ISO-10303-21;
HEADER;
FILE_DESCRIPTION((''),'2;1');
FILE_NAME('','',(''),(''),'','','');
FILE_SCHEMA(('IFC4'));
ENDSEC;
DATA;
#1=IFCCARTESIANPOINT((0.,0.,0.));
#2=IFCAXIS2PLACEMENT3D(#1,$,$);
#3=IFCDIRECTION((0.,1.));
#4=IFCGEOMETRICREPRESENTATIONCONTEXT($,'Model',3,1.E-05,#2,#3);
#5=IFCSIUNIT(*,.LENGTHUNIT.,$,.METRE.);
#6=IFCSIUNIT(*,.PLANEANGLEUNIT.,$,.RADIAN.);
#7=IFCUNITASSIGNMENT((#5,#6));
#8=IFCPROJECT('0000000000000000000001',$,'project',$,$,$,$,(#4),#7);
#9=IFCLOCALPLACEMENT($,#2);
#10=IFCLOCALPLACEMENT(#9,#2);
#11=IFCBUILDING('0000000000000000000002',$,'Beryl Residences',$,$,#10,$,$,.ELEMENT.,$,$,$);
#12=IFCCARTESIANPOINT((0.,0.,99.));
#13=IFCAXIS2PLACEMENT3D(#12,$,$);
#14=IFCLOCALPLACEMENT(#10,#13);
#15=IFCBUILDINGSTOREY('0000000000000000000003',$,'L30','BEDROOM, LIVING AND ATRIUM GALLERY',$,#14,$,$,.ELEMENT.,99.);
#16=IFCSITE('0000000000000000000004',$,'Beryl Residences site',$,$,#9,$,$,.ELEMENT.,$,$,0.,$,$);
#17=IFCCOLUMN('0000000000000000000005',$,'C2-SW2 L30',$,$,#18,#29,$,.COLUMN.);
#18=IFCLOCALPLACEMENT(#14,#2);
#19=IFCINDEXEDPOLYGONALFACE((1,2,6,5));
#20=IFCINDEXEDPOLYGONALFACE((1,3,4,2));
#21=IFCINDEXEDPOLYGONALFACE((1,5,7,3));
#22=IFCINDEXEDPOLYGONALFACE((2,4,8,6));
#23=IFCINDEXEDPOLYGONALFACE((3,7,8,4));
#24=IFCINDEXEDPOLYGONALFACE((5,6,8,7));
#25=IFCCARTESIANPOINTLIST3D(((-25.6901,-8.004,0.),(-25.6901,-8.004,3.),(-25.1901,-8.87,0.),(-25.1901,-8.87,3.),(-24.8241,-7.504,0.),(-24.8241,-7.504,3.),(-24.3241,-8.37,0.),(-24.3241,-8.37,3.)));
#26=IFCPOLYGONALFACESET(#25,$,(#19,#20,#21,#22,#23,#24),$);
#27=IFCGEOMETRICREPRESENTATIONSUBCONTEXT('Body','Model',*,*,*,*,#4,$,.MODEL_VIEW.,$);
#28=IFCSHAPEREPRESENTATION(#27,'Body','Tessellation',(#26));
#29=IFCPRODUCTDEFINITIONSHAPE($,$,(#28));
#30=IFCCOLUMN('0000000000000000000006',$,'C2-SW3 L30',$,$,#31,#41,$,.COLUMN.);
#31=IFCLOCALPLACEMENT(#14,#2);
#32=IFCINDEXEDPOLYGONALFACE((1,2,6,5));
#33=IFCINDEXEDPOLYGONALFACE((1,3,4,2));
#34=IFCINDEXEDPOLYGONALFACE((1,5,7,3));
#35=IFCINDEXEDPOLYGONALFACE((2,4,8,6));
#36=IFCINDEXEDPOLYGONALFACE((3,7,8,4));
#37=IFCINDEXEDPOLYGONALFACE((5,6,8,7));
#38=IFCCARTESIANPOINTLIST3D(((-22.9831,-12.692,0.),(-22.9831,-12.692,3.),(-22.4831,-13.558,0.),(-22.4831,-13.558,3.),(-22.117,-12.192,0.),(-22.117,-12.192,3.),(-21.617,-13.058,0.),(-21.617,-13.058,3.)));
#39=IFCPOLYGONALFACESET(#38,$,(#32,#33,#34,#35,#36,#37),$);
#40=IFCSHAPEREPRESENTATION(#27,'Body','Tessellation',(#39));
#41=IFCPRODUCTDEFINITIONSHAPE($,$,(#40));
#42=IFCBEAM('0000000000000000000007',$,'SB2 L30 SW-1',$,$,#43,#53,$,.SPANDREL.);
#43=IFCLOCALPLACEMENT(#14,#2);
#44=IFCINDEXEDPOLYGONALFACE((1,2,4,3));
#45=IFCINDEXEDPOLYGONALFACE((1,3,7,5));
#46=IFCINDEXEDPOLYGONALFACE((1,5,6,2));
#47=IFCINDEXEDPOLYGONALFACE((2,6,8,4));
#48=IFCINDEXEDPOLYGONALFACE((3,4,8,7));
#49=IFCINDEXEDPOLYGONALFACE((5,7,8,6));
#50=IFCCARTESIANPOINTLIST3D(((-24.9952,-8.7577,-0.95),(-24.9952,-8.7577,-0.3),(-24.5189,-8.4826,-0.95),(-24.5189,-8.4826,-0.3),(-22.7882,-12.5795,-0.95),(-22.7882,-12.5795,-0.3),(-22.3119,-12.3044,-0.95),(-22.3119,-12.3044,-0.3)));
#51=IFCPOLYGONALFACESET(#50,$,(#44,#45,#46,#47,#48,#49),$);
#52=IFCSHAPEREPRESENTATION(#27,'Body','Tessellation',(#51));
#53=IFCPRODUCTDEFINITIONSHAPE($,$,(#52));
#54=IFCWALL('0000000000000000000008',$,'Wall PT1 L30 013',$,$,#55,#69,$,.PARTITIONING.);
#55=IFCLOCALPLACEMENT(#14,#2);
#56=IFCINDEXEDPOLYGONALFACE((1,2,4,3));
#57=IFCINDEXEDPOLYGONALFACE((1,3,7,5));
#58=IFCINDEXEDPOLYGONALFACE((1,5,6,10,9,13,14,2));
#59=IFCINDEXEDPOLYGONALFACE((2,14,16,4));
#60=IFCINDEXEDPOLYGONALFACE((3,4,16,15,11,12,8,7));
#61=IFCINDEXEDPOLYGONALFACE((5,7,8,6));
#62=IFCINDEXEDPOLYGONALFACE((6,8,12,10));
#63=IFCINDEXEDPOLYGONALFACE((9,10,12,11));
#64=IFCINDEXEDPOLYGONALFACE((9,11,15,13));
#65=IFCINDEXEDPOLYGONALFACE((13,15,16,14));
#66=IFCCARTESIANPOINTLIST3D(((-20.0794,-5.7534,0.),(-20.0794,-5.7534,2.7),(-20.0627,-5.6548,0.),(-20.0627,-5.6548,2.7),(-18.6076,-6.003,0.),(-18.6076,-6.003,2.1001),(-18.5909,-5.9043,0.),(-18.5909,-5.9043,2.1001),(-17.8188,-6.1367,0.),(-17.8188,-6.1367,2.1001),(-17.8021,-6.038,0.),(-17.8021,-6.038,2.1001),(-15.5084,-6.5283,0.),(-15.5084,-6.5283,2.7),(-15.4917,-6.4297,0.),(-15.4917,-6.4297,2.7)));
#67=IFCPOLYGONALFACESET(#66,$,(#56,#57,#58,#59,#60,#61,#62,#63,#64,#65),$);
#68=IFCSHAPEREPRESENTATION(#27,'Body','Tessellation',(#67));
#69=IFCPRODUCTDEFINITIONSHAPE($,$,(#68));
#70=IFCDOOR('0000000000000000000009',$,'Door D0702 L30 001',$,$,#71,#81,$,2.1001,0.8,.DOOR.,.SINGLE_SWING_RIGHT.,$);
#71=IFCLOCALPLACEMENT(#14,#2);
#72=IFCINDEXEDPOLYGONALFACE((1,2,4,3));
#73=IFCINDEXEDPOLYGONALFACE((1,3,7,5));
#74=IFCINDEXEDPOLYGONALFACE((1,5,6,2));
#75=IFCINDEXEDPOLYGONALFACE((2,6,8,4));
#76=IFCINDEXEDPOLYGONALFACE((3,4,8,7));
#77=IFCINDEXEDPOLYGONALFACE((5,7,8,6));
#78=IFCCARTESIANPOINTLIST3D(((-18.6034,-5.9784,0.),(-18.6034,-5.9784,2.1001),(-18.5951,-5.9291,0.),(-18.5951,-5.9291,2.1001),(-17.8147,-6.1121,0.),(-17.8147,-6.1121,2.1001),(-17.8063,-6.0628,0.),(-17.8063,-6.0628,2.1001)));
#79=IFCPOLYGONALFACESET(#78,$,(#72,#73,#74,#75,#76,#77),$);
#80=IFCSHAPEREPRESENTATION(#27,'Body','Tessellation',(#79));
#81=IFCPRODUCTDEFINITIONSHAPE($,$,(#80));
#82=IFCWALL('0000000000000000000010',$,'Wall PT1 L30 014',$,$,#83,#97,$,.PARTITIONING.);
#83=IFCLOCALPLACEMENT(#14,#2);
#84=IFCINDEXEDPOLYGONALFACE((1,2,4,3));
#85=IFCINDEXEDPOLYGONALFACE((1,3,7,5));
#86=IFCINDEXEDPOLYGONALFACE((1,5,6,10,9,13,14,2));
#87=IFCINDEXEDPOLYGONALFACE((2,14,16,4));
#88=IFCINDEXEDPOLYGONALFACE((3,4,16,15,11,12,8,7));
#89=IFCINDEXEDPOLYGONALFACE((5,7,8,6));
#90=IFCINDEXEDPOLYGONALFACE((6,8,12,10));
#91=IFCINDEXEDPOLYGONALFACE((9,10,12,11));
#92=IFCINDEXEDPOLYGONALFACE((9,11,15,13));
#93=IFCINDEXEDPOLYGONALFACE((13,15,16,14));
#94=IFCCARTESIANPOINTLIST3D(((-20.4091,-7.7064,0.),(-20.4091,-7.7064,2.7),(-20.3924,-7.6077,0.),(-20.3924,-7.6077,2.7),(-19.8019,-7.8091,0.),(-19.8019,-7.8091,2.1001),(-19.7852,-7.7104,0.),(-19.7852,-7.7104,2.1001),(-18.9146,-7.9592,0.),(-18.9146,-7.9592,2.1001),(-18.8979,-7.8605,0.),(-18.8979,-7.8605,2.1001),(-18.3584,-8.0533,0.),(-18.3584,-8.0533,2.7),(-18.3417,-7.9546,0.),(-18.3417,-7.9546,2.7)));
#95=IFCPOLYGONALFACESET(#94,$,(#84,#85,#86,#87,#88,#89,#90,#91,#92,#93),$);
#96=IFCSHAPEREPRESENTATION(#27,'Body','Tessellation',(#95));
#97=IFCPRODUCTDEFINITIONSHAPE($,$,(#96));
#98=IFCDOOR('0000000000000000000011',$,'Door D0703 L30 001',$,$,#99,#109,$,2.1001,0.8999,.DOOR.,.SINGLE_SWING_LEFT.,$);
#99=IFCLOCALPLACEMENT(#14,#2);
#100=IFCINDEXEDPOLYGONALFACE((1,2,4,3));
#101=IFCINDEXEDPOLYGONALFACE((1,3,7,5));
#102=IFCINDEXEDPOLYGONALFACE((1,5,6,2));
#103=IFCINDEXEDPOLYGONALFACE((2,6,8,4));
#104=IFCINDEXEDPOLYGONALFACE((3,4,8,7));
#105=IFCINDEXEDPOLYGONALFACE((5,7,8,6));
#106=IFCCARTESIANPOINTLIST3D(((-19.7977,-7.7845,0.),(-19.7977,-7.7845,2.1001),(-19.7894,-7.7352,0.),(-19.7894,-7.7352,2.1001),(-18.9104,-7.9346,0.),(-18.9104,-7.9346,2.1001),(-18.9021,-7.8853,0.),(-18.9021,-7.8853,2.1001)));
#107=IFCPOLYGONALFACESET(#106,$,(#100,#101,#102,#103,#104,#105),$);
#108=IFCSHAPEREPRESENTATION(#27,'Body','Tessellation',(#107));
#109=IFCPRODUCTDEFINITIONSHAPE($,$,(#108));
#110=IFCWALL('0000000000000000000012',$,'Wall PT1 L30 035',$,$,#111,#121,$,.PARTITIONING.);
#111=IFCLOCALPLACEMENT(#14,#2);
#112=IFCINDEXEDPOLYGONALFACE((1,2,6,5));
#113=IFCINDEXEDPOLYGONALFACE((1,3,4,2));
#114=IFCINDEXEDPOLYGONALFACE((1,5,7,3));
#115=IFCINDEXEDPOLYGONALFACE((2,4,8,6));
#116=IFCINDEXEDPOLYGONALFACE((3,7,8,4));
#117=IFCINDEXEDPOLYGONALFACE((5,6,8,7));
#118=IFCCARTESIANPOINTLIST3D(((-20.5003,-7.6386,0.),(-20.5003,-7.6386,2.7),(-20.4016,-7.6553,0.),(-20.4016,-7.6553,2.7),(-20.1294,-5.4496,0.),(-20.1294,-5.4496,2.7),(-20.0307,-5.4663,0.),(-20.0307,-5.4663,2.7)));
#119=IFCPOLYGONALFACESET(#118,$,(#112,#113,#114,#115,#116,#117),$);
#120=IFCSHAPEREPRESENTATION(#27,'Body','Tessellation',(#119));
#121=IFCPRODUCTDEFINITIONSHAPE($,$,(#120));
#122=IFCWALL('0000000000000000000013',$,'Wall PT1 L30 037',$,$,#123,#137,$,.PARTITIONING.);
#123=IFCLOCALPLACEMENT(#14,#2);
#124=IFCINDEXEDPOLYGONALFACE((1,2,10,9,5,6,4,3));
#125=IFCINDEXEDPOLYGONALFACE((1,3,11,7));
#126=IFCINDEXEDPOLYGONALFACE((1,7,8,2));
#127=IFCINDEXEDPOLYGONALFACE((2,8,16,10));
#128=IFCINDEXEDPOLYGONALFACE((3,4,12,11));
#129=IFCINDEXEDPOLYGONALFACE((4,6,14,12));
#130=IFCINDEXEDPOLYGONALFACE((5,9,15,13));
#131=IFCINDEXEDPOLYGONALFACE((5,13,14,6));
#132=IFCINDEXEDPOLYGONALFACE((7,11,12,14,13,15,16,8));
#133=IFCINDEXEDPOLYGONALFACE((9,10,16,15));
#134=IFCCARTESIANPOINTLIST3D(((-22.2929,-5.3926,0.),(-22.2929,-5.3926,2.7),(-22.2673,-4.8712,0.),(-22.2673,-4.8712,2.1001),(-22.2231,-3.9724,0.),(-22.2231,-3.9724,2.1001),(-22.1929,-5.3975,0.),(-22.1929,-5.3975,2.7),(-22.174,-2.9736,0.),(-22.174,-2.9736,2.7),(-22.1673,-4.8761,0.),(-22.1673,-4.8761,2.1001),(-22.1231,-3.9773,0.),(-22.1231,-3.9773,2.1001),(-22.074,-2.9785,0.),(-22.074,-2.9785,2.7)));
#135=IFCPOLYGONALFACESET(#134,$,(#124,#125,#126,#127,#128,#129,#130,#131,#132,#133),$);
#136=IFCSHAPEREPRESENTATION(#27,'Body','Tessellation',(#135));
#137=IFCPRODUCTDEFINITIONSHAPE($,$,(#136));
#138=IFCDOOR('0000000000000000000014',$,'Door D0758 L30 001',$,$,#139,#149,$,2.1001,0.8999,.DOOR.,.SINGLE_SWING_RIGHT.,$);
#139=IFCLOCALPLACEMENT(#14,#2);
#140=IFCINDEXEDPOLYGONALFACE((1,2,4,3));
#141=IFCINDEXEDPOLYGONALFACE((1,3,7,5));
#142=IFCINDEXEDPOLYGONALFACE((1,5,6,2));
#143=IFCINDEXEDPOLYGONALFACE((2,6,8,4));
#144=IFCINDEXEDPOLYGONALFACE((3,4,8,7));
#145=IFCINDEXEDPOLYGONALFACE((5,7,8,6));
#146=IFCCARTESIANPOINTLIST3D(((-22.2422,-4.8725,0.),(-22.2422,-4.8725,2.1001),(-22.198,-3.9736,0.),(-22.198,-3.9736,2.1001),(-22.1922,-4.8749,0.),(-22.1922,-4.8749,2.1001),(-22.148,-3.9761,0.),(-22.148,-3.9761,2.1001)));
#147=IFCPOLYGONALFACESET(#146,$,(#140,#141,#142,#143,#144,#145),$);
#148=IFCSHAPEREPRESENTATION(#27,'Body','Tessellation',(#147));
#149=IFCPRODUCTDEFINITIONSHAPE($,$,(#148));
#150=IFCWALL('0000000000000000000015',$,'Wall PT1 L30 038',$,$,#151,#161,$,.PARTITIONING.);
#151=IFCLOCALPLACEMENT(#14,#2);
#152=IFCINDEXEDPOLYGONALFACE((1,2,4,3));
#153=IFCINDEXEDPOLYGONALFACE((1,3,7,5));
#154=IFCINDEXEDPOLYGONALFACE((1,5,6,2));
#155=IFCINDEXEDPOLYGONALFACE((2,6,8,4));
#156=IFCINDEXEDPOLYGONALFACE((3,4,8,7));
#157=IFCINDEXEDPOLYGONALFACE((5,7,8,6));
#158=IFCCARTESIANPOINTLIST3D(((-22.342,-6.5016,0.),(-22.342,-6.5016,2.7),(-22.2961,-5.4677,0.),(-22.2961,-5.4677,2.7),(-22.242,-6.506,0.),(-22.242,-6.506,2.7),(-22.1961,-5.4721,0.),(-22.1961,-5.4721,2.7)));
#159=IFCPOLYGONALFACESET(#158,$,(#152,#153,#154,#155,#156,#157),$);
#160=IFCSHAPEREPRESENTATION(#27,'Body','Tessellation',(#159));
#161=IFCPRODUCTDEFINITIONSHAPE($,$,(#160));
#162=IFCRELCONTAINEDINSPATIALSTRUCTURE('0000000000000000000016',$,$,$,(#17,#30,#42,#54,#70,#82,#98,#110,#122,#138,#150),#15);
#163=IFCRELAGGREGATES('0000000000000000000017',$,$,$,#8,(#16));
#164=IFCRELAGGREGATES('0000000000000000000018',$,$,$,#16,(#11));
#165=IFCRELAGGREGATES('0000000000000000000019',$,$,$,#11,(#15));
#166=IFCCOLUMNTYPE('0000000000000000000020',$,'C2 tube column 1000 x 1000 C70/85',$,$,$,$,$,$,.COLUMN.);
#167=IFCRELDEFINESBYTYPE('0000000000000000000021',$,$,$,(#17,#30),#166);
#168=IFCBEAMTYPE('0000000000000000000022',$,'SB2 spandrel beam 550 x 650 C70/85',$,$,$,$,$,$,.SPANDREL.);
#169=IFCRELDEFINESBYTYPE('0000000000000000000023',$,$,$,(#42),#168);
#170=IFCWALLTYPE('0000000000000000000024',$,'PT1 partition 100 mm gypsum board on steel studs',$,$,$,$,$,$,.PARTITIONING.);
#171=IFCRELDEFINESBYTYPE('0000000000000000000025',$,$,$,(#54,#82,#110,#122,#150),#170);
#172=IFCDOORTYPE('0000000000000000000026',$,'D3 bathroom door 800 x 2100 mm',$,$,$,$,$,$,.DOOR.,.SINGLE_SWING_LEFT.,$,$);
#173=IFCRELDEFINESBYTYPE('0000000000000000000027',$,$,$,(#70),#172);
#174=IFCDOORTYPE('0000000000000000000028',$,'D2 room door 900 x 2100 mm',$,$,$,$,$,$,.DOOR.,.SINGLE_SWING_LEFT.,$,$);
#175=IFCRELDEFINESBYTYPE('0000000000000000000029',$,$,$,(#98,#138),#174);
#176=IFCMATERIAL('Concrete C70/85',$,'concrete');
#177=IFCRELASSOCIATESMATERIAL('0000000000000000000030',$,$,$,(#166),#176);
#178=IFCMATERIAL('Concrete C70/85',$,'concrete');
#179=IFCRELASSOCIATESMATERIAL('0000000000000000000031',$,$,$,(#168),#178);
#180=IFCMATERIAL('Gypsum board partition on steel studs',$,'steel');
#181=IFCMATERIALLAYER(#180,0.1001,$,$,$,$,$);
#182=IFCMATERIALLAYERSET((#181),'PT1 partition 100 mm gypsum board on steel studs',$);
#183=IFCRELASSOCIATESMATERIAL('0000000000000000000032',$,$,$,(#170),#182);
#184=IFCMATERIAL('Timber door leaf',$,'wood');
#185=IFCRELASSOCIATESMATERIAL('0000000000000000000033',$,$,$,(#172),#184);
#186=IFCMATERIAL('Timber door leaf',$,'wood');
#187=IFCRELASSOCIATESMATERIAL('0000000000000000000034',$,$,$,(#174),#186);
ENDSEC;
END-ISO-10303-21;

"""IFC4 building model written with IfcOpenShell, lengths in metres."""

from ifc_helpers import new_model, si_unit, direction, frame, frame_2d, origin, origin_2d, place, context, subcontext, project, spatial, rectangle, extrude, material, layer, layer_set, material_profile, profile_set, type_object, element, fill, save


model = new_model("IFC4")

# Units and contexts
model_context = context("Model", 3, precision=1e-05, world=origin(), true_north=direction((0.0, 1.0)))
body_context = subcontext(model_context, "Body", "Model", "MODEL_VIEW")
ifc_project = project(units=[si_unit("LENGTHUNIT", "METRE"), si_unit("PLANEANGLEUNIT", "RADIAN")], contexts=[model_context])

# Site, building, storey
site_placement = place(None, origin())
site = spatial("IfcSite", under=ifc_project, at=site_placement, Name="Beryl Residences site", CompositionType="ELEMENT", RefElevation=0.0)
building_placement = place(site_placement, origin())
building = spatial("IfcBuilding", under=site, at=building_placement, Name="Beryl Residences", CompositionType="ELEMENT")
storey_placement = place(building_placement, frame((0.0, 0.0, 99.0)))
storey = spatial("IfcBuildingStorey", under=building, at=storey_placement, Name="L30", Description="BEDROOM, LIVING AND ATRIUM GALLERY", CompositionType="ELEMENT", Elevation=99.0)

# Columns
ifc_material_1 = material(Name="Concrete C70/85", Category="concrete")
ifc_material_profile_1 = material_profile(ifc_material_1, rectangle(XDim=1.0, YDim=1.0, at=origin_2d()))
ifc_profile_set_1 = profile_set([ifc_material_profile_1], Name="Concrete C70/85")
column_type = type_object("IfcColumnType", Name="C2 tube column 1000 x 1000 C70/85", PredefinedType="COLUMN", material=ifc_profile_set_1)
for number, where, z_axis, x_axis, name in (
    (1, (-25.0071, -8.187, 0.0), (0.0, 0.0, 1.0), (0.5, -0.866025, 0.0), "C2-SW2 L30"),
    (2, (-22.3, -12.875, 0.0), (0.0, 0.0, 1.0), (0.5, -0.866025, 0.0), "C2-SW3 L30"),
):
    element("IfcColumn", number, at=place(storey_placement, frame(where, z_axis=z_axis, x_axis=x_axis)), inside=storey, type_object=column_type, Name=name, PredefinedType="COLUMN", context=body_context, shape_type="SweptSolid", body=[
        extrude(rectangle(XDim=1.0, YDim=1.0, at=origin_2d()), origin(), (0.0, 0.0, 1.0), 3.0),
    ])

# Beam
ifc_material_2 = material(Name="Concrete C70/85", Category="concrete")
ifc_material_profile_2 = material_profile(ifc_material_2, rectangle(XDim=0.55, YDim=0.6499, at=origin_2d()))
ifc_profile_set_2 = profile_set([ifc_material_profile_2], Name="Concrete C70/85")
beam_type = type_object("IfcBeamType", Name="SB2 spandrel beam 550 x 650 C70/85", PredefinedType="SPANDREL", material=ifc_profile_set_2)
beam_placement = place(storey_placement, frame((-24.7571, -8.6201, -0.625), z_axis=(0.50009, -0.865974, 0.0), x_axis=(0.865974, 0.50009, 0.0)))
element("IfcBeam", 3, at=beam_placement, inside=storey, type_object=beam_type, Name="SB2 L30 SW-1", PredefinedType="SPANDREL", context=body_context, shape_type="SweptSolid", body=[
    extrude(rectangle(XDim=0.55, YDim=0.6499, at=origin_2d()), origin(), (0.0, 0.0, 1.0), 4.4133),
])

# Walls, openings, doors
ifc_material_3 = material(Name="Gypsum board partition on steel studs", Category="steel")
ifc_layer_1 = layer(ifc_material_3, 0.1001)
ifc_layer_set_1 = layer_set([ifc_layer_1], Name="PT1 partition 100 mm gypsum board on steel studs")
wall_type_1 = type_object("IfcWallType", Name="PT1 partition 100 mm gypsum board on steel studs", PredefinedType="PARTITIONING", material=ifc_layer_set_1)
wall_1_placement = place(storey_placement, frame((-20.071, -5.7041, 0.0), z_axis=(0.0, 0.0, 1.0), x_axis=(0.985933, -0.167139, 0.0)))
wall_1 = element("IfcWall", 4, at=wall_1_placement, inside=storey, type_object=wall_type_1, Name="Wall PT1 L30 013", PredefinedType="PARTITIONING", context=body_context, shape_type="SweptSolid", body=[
    extrude(rectangle(XDim=4.6362, YDim=0.1001, at=frame_2d((2.3181, 0.0))), origin(), (0.0, 0.0, 1.0), 2.7),
])
opening_1_placement = place(wall_1_placement, frame((1.4929, 0.0, 0.0)))
opening_1 = element("IfcOpeningElement", 5, at=opening_1_placement, cuts=wall_1, PredefinedType="OPENING", context=body_context, shape_type="SweptSolid", body=[
    extrude(rectangle(XDim=0.8, YDim=2.1001, at=frame_2d((0.3999, 1.05))), frame((0.0, 0.0601, 0.0), z_axis=(0.0, -1.0, 0.0), x_axis=(1.0, 0.0, 0.0)), (0.0, 0.0, 1.0), 0.1201),
])
ifc_material_4 = material(Name="Timber door leaf", Category="wood")
door_type_1 = type_object("IfcDoorType", Name="D3 bathroom door 800 x 2100 mm", OperationType="SINGLE_SWING_LEFT", PredefinedType="DOOR", material=ifc_material_4)
door_1_placement = place(opening_1_placement, origin())
door_1 = element("IfcDoor", 6, at=door_1_placement, inside=storey, type_object=door_type_1, Name="Door D0702 L30 001", OperationType="SINGLE_SWING_RIGHT", OverallHeight=2.1001, OverallWidth=0.8, PredefinedType="DOOR", context=body_context, shape_type="SweptSolid", body=[
    extrude(rectangle(XDim=0.8, YDim=2.1001, at=frame_2d((0.3999, 1.05))), frame((0.0, 0.0249, 0.0), z_axis=(0.0, -1.0, 0.0), x_axis=(1.0, 0.0, 0.0)), (0.0, 0.0, 1.0), 0.05),
])
fill(opening_1, door_1)
wall_2_placement = place(storey_placement, frame((-20.4009, -7.657, 0.0), z_axis=(0.0, 0.0, 1.0), x_axis=(0.985991, -0.166797, 0.0)))
wall_2 = element("IfcWall", 7, at=wall_2_placement, inside=storey, type_object=wall_type_1, Name="Wall PT1 L30 014", PredefinedType="PARTITIONING", context=body_context, shape_type="SweptSolid", body=[
    extrude(rectangle(XDim=2.0798, YDim=0.1001, at=frame_2d((1.04, 0.0))), origin(), (0.0, 0.0, 1.0), 2.7),
])
opening_2_placement = place(wall_2_placement, frame((0.616, 0.0, 0.0)))
opening_2 = element("IfcOpeningElement", 8, at=opening_2_placement, cuts=wall_2, PredefinedType="OPENING", context=body_context, shape_type="SweptSolid", body=[
    extrude(rectangle(XDim=0.8999, YDim=2.1001, at=frame_2d((0.45, 1.05))), frame((0.0, 0.0601, 0.0), z_axis=(0.0, -1.0, 0.0), x_axis=(1.0, 0.0, 0.0)), (0.0, 0.0, 1.0), 0.1201),
])
ifc_material_5 = material(Name="Timber door leaf", Category="wood")
door_type_2 = type_object("IfcDoorType", Name="D2 room door 900 x 2100 mm", OperationType="SINGLE_SWING_LEFT", PredefinedType="DOOR", material=ifc_material_5)
door_2_placement = place(opening_2_placement, origin())
door_2 = element("IfcDoor", 9, at=door_2_placement, inside=storey, type_object=door_type_2, Name="Door D0703 L30 001", OperationType="SINGLE_SWING_LEFT", OverallHeight=2.1001, OverallWidth=0.8999, PredefinedType="DOOR", context=body_context, shape_type="SweptSolid", body=[
    extrude(rectangle(XDim=0.8999, YDim=2.1001, at=frame_2d((0.45, 1.05))), frame((0.0, 0.0249, 0.0), z_axis=(0.0, -1.0, 0.0), x_axis=(1.0, 0.0, 0.0)), (0.0, 0.0, 1.0), 0.05),
])
fill(opening_2, door_2)

# Wall
wall_3_placement = place(storey_placement, frame((-20.4509, -7.647, 0.0), z_axis=(0.0, 0.0, 1.0), x_axis=(0.167038, 0.985951, 0.0)))
element("IfcWall", 10, at=wall_3_placement, inside=storey, type_object=wall_type_1, Name="Wall PT1 L30 035", PredefinedType="PARTITIONING", context=body_context, shape_type="SweptSolid", body=[
    extrude(rectangle(XDim=2.2202, YDim=0.1001, at=frame_2d((1.1101, 0.0))), origin(), (0.0, 0.0, 1.0), 2.7),
])

# Wall, opening, door
wall_4_placement = place(storey_placement, frame((-22.2429, -5.395, 0.0), z_axis=(0.0, 0.0, 1.0), x_axis=(0.049093, 0.998794, 0.0)))
wall_4 = element("IfcWall", 11, at=wall_4_placement, inside=storey, type_object=wall_type_1, Name="Wall PT1 L30 037", PredefinedType="PARTITIONING", context=body_context, shape_type="SweptSolid", body=[
    extrude(rectangle(XDim=2.4219, YDim=0.1001, at=frame_2d((1.2109, 0.0))), origin(), (0.0, 0.0, 1.0), 2.7),
])
opening_3_placement = place(wall_4_placement, frame((0.522, 0.0, 0.0)))
opening_3 = element("IfcOpeningElement", 12, at=opening_3_placement, cuts=wall_4, PredefinedType="OPENING", context=body_context, shape_type="SweptSolid", body=[
    extrude(rectangle(XDim=0.8999, YDim=2.1001, at=frame_2d((0.45, 1.05))), frame((0.0, 0.0601, 0.0), z_axis=(0.0, -1.0, 0.0), x_axis=(1.0, 0.0, 0.0)), (0.0, 0.0, 1.0), 0.1201),
])
door_3_placement = place(opening_3_placement, origin())
door_3 = element("IfcDoor", 13, at=door_3_placement, inside=storey, type_object=door_type_2, Name="Door D0758 L30 001", OperationType="SINGLE_SWING_RIGHT", OverallHeight=2.1001, OverallWidth=0.8999, PredefinedType="DOOR", context=body_context, shape_type="SweptSolid", body=[
    extrude(rectangle(XDim=0.8999, YDim=2.1001, at=frame_2d((0.45, 1.05))), frame((0.0, 0.0249, 0.0), z_axis=(0.0, -1.0, 0.0), x_axis=(1.0, 0.0, 0.0)), (0.0, 0.0, 1.0), 0.05),
])
fill(opening_3, door_3)

# Wall
wall_5_placement = place(storey_placement, frame((-22.292, -6.5039, 0.0), z_axis=(0.0, 0.0, 1.0), x_axis=(0.044348, 0.999016, 0.0)))
element("IfcWall", 14, at=wall_5_placement, inside=storey, type_object=wall_type_1, Name="Wall PT1 L30 038", PredefinedType="PARTITIONING", context=body_context, shape_type="SweptSolid", body=[
    extrude(rectangle(XDim=1.0349, YDim=0.1001, at=frame_2d((0.5176, 0.0))), origin(), (0.0, 0.0, 1.0), 2.7),
])

save(model, "model.ifc")
